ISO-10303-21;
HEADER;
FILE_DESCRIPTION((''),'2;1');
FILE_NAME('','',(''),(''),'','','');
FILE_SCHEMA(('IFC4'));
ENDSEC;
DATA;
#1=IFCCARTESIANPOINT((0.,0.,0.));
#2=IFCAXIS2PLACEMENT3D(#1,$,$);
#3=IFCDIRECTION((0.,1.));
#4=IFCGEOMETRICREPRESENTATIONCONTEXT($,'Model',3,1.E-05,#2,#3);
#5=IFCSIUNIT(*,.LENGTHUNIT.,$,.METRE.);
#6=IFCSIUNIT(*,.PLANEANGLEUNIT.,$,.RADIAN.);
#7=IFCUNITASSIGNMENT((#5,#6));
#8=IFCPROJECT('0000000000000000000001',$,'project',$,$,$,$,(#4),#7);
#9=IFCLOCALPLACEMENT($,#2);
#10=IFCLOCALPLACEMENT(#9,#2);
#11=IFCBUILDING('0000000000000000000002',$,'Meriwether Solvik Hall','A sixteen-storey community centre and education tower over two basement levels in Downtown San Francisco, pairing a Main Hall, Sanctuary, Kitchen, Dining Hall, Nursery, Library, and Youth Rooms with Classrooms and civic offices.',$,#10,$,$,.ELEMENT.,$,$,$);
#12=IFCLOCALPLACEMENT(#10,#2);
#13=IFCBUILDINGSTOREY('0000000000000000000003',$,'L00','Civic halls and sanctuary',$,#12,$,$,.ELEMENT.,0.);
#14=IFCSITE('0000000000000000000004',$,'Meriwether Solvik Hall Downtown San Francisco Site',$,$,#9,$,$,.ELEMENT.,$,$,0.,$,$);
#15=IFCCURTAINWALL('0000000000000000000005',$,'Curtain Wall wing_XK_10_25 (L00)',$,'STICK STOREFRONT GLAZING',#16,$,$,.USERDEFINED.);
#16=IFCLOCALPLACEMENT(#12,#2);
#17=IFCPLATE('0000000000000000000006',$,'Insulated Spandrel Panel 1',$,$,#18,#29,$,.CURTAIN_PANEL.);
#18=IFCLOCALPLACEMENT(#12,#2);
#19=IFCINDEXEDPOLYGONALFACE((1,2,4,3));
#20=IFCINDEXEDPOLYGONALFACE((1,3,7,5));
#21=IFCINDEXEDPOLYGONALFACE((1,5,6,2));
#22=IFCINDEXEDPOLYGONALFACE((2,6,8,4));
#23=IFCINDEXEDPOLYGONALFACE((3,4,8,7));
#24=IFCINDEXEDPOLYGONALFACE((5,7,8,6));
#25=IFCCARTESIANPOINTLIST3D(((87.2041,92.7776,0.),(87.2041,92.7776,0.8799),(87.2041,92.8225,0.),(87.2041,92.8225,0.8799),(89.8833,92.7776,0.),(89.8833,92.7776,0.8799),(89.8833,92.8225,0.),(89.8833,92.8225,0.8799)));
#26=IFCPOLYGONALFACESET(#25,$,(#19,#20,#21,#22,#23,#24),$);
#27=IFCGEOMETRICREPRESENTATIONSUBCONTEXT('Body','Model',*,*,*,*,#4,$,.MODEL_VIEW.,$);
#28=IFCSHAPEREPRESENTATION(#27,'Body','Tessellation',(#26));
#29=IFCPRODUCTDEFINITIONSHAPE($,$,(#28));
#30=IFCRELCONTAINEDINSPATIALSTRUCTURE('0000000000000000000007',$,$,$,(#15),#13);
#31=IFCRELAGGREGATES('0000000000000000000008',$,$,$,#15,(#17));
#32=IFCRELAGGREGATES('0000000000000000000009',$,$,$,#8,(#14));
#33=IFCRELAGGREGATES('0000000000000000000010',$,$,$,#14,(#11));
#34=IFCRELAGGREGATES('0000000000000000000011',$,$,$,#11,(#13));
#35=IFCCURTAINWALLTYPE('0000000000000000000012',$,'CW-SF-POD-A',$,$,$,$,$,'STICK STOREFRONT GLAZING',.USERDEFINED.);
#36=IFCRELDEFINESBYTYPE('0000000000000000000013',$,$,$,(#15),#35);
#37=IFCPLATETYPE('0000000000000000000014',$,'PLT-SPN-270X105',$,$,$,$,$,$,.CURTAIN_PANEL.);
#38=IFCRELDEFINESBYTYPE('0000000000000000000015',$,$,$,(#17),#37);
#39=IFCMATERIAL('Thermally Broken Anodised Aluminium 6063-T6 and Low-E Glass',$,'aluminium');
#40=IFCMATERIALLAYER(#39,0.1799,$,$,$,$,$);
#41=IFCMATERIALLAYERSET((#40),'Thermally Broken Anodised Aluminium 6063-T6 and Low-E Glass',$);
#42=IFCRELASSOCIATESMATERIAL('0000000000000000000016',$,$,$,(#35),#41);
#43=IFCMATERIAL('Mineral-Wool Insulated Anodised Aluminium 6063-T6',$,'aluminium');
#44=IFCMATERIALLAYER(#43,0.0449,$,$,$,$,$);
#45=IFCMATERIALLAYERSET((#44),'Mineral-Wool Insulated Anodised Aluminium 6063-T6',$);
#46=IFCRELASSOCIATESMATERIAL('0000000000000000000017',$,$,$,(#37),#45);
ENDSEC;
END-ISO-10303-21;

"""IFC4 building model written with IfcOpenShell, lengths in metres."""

from ifc_helpers import new_model, si_unit, direction, frame, origin, origin_2d, place, context, subcontext, project, spatial, rectangle, extrude, material, layer, layer_set, type_object, element, aggregate, save


model = new_model("IFC4")

# Units and contexts
model_context = context("Model", 3, precision=1e-05, world=origin(), true_north=direction((0.0, 1.0)))
body_context = subcontext(model_context, "Body", "Model", "MODEL_VIEW")
ifc_project = project(units=[si_unit("LENGTHUNIT", "METRE"), si_unit("PLANEANGLEUNIT", "RADIAN")], contexts=[model_context])

# Site, building, storey
site_placement = place(None, origin())
site = spatial("IfcSite", under=ifc_project, at=site_placement, Name="Meriwether Solvik Hall Downtown San Francisco Site", CompositionType="ELEMENT", RefElevation=0.0)
building_placement = place(site_placement, origin())
building = spatial("IfcBuilding", under=site, at=building_placement, Name="Meriwether Solvik Hall", Description="A sixteen-storey community centre and education tower over two basement levels in Downtown San Francisco, pairing a Main Hall, Sanctuary, Kitchen, Dining Hall, Nursery, Library, and Youth Rooms with Classrooms and civic offices.", CompositionType="ELEMENT")
storey_placement = place(building_placement, origin())
storey = spatial("IfcBuildingStorey", under=building, at=storey_placement, Name="L00", Description="Civic halls and sanctuary", CompositionType="ELEMENT", Elevation=0.0)

# Shared definitions
ifc_material_1 = material(Name="Thermally Broken Anodised Aluminium 6063-T6 and Low-E Glass", Category="aluminium")
ifc_layer_1 = layer(ifc_material_1, 0.1799)
ifc_layer_set_1 = layer_set([ifc_layer_1], Name="Thermally Broken Anodised Aluminium 6063-T6 and Low-E Glass")
curtain_wall_type = type_object("IfcCurtainWallType", Name="CW-SF-POD-A", ElementType="STICK STOREFRONT GLAZING", PredefinedType="USERDEFINED", material=ifc_layer_set_1)

# Curtain wall
curtain_wall_1_placement = place(storey_placement, origin())
curtain_wall_1 = element("IfcCurtainWall", 1, at=curtain_wall_1_placement, inside=storey, type_object=curtain_wall_type, Name="Curtain Wall wing_XK_10_25 (L00)", ObjectType="STICK STOREFRONT GLAZING", PredefinedType="USERDEFINED")

# Plate
ifc_material_2 = material(Name="Mineral-Wool Insulated Anodised Aluminium 6063-T6", Category="aluminium")
ifc_layer_2 = layer(ifc_material_2, 0.0449)
ifc_layer_set_2 = layer_set([ifc_layer_2], Name="Mineral-Wool Insulated Anodised Aluminium 6063-T6")
plate_type_1 = type_object("IfcPlateType", Name="PLT-SPN-270X105", PredefinedType="CURTAIN_PANEL", material=ifc_layer_set_2)
plate_1_placement = place(storey_placement, frame((88.5437, 92.8, 0.0), z_axis=(0.0, 0.0, 1.0), x_axis=(1.0, 0.0, 0.0)))
plate_1 = element("IfcPlate", 2, at=plate_1_placement, type_object=plate_type_1, Name="Insulated Spandrel Panel 1", PredefinedType="CURTAIN_PANEL", context=body_context, shape_type="SweptSolid", body=[
    extrude(rectangle(XDim=2.6792, YDim=0.0449, at=origin_2d()), origin(), (0.0, 0.0, 1.0), 0.8799),
])
aggregate(curtain_wall_1, [plate_1])

save(model, "model.ifc")
